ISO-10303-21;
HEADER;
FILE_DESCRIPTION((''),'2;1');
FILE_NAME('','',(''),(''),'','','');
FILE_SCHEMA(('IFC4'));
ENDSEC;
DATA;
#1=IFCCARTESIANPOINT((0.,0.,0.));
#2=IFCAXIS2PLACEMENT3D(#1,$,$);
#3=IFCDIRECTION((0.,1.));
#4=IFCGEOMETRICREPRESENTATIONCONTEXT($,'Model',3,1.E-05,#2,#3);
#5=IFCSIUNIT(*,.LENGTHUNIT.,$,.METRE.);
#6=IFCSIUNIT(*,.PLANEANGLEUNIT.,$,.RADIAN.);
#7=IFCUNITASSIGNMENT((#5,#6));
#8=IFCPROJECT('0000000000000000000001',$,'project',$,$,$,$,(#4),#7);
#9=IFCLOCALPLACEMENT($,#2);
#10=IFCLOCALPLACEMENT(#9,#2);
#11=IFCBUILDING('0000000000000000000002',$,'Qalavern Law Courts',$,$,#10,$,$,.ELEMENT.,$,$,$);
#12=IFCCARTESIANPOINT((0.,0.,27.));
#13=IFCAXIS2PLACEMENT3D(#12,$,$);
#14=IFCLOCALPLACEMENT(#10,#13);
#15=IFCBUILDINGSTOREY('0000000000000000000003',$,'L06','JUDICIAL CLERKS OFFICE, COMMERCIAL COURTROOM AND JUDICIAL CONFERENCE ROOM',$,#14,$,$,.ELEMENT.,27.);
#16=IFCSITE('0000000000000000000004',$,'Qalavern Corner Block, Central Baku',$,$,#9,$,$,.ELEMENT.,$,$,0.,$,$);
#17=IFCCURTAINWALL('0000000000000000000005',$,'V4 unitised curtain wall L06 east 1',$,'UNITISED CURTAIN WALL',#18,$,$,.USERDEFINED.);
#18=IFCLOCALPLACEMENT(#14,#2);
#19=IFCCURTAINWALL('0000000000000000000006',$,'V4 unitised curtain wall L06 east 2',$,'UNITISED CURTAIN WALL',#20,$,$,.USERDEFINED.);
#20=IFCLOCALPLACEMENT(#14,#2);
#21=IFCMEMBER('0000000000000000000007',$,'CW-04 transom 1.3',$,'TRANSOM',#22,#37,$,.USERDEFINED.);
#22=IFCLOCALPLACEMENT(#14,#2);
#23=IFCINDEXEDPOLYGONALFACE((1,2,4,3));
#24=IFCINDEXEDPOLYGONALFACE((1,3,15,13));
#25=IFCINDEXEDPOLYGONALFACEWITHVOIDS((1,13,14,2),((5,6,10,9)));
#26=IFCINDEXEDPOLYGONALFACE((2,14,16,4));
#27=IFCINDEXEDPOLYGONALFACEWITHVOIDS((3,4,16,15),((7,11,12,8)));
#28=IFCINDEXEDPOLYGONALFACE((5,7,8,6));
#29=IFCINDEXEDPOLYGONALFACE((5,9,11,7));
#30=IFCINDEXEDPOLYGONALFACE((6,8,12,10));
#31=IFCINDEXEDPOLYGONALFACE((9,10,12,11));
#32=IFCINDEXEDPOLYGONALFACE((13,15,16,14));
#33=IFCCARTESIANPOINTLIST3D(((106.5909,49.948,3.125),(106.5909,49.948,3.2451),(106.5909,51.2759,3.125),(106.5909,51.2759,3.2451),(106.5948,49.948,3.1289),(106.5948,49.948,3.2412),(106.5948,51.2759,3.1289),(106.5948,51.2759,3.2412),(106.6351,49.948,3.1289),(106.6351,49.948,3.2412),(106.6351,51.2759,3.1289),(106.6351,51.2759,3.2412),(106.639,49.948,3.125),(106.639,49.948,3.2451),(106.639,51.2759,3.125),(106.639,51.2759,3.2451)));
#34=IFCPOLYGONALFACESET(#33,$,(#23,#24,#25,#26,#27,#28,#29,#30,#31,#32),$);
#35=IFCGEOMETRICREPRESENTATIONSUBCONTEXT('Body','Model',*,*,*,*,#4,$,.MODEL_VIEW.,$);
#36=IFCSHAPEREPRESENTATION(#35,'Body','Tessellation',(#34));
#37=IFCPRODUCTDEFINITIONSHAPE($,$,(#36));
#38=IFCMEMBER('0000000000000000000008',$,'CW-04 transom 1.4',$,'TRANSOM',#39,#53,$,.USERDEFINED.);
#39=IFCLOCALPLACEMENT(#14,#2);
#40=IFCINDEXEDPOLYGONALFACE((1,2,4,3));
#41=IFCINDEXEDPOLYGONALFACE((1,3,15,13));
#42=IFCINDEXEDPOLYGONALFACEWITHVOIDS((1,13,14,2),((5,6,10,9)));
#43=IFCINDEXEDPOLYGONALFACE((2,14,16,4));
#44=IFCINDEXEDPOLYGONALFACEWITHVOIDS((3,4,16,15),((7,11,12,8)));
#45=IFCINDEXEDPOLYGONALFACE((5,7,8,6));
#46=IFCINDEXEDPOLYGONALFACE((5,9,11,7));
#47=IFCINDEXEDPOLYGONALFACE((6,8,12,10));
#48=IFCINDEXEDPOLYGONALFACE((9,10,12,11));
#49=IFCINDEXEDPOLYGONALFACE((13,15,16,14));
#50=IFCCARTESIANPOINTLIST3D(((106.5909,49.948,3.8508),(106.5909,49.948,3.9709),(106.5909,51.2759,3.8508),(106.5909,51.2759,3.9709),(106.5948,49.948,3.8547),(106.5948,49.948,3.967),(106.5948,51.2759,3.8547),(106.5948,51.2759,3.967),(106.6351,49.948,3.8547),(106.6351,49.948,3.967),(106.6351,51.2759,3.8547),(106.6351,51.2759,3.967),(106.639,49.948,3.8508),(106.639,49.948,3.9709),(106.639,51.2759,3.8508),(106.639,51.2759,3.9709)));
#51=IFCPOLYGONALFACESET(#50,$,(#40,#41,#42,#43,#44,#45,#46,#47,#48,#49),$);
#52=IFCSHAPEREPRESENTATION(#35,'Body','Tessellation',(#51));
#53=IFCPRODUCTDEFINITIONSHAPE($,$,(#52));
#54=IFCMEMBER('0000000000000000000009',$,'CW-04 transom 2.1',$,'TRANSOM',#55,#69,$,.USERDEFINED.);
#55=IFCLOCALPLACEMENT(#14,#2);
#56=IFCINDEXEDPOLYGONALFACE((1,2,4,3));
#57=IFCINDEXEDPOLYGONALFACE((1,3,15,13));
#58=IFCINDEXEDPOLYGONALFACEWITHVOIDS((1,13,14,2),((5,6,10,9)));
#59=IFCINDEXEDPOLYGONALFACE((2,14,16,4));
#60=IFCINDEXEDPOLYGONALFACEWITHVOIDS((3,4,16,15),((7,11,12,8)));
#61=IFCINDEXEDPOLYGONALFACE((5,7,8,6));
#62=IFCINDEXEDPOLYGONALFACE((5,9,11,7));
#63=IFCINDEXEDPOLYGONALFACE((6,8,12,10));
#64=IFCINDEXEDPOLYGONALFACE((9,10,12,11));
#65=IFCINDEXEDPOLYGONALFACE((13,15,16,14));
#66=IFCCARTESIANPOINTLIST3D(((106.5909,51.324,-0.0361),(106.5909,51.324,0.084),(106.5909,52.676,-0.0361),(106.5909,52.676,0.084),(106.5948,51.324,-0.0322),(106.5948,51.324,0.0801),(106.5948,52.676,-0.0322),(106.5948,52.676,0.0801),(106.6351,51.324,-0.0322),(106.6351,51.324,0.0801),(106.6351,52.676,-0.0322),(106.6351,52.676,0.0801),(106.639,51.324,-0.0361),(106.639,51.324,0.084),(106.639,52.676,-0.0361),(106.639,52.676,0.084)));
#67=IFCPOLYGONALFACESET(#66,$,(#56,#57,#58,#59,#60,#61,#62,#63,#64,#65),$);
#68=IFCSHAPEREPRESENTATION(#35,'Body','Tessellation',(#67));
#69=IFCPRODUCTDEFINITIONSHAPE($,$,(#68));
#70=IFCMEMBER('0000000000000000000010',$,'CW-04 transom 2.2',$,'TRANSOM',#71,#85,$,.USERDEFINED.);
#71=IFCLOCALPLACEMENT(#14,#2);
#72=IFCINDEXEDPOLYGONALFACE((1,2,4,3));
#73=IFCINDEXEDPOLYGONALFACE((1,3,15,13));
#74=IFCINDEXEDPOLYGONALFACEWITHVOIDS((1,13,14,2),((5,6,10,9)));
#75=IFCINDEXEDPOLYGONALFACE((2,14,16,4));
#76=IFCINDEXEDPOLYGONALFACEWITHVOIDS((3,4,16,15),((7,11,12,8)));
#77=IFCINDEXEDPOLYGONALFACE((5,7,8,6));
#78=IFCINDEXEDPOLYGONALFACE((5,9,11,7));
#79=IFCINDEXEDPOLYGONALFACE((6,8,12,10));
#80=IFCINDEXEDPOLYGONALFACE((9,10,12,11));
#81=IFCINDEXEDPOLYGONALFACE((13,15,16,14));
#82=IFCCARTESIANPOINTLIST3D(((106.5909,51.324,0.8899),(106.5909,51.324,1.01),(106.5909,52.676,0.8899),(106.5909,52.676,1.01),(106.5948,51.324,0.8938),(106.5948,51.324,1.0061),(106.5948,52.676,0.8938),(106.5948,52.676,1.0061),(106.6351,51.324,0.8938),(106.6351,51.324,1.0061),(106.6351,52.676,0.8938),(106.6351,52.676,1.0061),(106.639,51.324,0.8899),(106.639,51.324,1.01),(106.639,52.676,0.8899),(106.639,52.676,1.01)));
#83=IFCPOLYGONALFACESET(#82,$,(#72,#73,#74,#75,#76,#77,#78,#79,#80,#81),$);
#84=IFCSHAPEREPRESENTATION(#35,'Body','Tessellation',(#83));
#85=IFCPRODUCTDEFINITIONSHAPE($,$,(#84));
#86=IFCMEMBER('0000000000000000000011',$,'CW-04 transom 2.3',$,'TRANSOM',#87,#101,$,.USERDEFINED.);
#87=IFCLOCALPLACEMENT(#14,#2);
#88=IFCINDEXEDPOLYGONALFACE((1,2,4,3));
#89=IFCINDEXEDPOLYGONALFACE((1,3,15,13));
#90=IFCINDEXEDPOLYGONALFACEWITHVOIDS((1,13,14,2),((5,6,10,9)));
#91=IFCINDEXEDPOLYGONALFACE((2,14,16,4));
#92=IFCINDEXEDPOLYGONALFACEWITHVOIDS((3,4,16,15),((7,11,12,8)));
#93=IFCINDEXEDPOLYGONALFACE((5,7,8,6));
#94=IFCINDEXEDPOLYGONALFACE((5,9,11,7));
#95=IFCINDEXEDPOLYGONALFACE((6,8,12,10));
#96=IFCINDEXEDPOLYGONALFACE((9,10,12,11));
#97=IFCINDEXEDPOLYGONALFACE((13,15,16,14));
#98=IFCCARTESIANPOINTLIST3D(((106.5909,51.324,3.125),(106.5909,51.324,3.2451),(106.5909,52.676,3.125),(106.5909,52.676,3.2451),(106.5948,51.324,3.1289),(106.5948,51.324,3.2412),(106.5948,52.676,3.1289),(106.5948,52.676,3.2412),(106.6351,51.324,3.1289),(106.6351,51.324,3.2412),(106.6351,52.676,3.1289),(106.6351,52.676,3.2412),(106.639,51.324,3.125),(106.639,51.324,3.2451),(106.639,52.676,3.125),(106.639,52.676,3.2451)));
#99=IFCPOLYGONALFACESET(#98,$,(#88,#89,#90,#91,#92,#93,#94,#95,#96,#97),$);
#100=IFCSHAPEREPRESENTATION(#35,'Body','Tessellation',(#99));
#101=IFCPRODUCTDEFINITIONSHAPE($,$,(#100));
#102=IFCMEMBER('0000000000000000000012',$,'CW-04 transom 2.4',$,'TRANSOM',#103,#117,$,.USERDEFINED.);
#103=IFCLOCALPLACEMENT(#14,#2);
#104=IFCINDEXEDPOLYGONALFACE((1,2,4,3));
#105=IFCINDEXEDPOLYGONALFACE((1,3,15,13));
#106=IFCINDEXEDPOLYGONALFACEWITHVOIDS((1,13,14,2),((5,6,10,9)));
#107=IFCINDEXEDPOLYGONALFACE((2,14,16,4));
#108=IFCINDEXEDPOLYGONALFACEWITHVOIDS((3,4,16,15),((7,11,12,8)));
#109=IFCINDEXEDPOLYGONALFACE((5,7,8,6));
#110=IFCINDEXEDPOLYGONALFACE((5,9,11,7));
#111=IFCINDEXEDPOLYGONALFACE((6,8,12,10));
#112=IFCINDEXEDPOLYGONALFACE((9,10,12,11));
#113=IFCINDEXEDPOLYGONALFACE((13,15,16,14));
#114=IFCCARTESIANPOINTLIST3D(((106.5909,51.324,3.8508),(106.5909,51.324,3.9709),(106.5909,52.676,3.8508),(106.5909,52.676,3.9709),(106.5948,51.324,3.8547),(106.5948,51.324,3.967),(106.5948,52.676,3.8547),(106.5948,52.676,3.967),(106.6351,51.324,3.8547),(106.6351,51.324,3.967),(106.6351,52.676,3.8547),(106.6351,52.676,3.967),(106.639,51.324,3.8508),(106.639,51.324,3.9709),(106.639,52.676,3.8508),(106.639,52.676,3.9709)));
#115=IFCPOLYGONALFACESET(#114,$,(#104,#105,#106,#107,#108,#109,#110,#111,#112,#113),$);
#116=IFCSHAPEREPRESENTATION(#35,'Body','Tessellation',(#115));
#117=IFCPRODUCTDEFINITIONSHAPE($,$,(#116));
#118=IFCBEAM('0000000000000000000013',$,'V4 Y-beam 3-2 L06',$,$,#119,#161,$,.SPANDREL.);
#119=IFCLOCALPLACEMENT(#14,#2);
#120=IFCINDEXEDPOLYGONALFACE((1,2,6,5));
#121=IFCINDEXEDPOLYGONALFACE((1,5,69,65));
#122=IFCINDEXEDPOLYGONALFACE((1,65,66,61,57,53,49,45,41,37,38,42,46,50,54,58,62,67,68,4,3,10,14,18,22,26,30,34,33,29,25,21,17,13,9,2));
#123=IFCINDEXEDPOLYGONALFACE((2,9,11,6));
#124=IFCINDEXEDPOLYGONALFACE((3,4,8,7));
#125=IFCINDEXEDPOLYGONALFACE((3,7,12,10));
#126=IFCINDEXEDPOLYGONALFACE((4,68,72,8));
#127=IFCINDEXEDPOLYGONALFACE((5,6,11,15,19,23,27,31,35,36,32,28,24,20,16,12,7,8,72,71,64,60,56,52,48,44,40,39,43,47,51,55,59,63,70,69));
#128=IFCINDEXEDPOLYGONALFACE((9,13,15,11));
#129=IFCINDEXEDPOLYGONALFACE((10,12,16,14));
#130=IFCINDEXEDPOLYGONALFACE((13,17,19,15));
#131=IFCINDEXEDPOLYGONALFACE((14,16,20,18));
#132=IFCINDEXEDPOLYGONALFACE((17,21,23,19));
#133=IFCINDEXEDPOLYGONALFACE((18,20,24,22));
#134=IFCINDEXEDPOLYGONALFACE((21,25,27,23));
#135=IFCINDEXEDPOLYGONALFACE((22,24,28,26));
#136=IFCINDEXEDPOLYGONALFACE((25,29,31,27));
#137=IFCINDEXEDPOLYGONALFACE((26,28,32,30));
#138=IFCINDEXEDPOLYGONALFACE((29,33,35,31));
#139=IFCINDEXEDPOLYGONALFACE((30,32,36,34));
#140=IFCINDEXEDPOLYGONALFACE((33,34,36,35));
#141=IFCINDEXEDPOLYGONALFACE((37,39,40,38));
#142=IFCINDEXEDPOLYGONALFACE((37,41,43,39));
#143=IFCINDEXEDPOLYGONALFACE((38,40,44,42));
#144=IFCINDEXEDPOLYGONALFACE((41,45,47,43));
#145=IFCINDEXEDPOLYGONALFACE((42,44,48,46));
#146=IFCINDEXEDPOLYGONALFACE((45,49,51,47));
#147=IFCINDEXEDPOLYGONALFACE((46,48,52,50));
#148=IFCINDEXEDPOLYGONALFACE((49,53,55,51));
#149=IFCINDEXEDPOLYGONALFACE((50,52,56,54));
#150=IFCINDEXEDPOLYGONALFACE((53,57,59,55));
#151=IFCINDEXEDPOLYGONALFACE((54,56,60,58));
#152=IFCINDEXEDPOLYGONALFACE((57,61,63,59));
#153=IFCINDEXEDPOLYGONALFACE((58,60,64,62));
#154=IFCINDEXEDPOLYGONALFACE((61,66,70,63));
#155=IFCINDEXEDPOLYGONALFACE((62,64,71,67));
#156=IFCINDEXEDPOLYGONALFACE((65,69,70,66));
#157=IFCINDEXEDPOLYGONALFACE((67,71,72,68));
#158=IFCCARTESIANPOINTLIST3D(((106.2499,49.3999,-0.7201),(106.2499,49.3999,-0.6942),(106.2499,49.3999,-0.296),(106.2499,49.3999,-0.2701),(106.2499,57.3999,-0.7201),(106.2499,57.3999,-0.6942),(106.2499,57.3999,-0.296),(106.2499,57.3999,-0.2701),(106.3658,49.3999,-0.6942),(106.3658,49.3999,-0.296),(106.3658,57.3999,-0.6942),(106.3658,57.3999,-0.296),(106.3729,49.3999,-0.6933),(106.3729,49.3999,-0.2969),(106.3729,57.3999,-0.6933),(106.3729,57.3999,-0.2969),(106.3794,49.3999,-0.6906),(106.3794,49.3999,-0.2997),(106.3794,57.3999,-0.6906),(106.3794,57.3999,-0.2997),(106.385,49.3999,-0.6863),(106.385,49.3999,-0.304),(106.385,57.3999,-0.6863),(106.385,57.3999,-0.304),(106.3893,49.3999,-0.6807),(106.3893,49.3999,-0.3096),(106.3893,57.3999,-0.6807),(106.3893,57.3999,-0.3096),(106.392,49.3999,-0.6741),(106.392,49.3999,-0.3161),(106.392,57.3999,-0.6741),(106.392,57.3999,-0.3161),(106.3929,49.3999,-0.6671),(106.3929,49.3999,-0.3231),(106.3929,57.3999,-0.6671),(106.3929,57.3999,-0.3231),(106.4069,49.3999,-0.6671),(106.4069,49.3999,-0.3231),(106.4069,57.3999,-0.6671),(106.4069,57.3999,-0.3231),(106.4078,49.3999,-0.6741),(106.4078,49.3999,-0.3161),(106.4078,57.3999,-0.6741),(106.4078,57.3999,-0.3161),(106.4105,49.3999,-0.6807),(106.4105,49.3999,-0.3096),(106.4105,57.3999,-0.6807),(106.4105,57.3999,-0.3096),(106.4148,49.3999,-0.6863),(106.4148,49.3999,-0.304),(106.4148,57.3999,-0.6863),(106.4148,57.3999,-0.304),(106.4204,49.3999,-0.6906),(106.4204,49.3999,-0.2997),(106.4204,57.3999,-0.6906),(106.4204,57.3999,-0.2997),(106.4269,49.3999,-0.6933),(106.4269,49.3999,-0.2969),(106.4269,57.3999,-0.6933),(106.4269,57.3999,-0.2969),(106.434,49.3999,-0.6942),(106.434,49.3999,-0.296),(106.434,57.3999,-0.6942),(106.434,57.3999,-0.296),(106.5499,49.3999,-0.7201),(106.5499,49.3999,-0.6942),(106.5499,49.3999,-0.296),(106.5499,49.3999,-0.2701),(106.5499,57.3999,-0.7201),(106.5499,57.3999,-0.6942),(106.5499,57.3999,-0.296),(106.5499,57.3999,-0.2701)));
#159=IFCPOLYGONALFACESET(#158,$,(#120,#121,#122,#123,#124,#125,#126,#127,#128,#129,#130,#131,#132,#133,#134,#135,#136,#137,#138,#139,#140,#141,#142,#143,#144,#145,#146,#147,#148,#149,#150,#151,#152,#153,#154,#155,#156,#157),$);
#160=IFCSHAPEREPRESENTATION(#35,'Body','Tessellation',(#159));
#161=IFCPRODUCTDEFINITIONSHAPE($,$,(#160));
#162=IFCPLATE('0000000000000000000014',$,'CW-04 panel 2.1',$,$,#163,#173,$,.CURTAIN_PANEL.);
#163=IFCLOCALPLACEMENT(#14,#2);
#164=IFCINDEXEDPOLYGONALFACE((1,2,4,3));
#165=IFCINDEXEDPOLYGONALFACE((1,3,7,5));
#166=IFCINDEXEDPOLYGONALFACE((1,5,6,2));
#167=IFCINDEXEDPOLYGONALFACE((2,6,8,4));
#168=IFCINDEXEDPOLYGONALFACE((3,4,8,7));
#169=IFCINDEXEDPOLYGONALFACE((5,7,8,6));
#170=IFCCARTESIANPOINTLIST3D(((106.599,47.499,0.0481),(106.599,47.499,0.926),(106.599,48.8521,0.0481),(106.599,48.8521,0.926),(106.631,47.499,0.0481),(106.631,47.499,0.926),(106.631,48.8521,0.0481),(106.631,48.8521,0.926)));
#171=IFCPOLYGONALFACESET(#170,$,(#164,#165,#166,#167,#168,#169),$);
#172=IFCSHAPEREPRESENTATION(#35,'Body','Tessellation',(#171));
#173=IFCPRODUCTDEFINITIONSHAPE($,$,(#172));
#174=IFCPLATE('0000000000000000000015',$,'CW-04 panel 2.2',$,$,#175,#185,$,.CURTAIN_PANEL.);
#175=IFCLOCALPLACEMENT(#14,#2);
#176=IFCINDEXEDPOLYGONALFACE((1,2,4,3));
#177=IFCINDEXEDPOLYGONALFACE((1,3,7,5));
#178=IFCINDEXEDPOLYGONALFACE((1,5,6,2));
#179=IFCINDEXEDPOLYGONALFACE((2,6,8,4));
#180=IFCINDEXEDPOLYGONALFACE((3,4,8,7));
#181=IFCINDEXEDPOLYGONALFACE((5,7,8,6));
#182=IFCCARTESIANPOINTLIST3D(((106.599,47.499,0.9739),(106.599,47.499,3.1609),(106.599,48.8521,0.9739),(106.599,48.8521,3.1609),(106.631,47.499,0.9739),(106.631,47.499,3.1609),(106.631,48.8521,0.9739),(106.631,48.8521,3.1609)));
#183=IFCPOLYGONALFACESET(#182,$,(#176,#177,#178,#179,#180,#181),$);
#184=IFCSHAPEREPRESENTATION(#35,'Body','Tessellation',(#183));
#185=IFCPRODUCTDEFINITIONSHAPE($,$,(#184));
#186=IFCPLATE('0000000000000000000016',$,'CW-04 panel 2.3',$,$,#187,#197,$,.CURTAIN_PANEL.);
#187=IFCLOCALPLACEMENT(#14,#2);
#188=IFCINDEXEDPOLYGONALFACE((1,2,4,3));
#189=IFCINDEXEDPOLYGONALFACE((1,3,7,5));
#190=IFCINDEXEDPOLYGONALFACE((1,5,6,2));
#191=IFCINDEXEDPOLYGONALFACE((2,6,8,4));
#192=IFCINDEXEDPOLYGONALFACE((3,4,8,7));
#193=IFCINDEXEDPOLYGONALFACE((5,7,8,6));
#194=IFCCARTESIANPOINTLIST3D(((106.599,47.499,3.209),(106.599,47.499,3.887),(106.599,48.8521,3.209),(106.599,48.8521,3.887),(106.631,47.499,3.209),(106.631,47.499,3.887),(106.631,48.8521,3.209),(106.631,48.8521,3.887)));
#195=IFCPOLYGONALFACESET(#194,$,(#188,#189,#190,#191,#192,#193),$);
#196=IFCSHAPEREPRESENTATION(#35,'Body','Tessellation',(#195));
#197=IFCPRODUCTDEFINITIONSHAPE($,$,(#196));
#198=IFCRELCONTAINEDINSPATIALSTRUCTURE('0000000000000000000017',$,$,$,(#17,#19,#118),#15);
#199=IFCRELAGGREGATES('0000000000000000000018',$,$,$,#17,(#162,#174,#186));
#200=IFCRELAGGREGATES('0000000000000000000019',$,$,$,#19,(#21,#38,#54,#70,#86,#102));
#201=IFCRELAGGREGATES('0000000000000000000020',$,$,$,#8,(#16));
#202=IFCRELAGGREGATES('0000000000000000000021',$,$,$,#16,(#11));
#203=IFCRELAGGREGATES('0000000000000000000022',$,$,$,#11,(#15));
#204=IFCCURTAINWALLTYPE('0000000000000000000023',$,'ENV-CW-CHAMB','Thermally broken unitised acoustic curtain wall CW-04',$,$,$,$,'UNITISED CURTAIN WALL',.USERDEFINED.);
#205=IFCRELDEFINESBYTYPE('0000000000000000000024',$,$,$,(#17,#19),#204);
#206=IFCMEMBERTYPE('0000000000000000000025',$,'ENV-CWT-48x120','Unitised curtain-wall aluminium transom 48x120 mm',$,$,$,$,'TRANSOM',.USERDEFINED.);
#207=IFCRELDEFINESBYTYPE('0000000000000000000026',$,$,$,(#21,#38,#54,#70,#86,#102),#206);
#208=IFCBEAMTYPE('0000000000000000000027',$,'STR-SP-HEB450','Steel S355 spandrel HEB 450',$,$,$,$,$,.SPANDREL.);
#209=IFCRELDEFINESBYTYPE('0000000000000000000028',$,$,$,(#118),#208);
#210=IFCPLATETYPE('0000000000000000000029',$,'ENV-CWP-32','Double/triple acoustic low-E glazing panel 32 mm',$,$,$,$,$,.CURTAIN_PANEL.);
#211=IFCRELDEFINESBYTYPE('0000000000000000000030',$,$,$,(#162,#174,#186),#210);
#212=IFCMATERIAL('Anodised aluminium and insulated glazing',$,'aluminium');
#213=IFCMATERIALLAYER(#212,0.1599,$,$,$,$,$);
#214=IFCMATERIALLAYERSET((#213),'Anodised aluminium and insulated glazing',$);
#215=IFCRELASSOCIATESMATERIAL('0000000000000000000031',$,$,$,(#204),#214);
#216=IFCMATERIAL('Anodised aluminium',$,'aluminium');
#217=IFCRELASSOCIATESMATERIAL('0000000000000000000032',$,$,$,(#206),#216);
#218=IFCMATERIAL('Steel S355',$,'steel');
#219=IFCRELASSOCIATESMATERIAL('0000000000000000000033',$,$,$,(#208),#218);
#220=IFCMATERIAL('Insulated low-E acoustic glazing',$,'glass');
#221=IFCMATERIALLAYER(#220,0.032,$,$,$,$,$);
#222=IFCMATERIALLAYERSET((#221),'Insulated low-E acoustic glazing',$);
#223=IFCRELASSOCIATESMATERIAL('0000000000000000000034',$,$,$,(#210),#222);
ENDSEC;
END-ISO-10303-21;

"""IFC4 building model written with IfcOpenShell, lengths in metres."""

from ifc_helpers import new_model, si_unit, direction, frame, origin, origin_2d, place, context, subcontext, project, spatial, rectangle, hollow_rectangle, i_section, extrude, material, layer, layer_set, material_profile, profile_set, type_object, element, aggregate, save


model = new_model("IFC4")

# Units and contexts
model_context = context("Model", 3, precision=1e-05, world=origin(), true_north=direction((0.0, 1.0)))
body_context = subcontext(model_context, "Body", "Model", "MODEL_VIEW")
ifc_project = project(units=[si_unit("LENGTHUNIT", "METRE"), si_unit("PLANEANGLEUNIT", "RADIAN")], contexts=[model_context])

# Site, building, storey
site_placement = place(None, origin())
site = spatial("IfcSite", under=ifc_project, at=site_placement, Name="Qalavern Corner Block, Central Baku", CompositionType="ELEMENT", RefElevation=0.0)
building_placement = place(site_placement, origin())
building = spatial("IfcBuilding", under=site, at=building_placement, Name="Qalavern Law Courts", CompositionType="ELEMENT")
storey_placement = place(building_placement, frame((0.0, 0.0, 27.0)))
storey = spatial("IfcBuildingStorey", under=building, at=storey_placement, Name="L06", Description="JUDICIAL CLERKS OFFICE, COMMERCIAL COURTROOM AND JUDICIAL CONFERENCE ROOM", CompositionType="ELEMENT", Elevation=27.0)

# Curtain walls
ifc_material_1 = material(Name="Anodised aluminium and insulated glazing", Category="aluminium")
ifc_layer_1 = layer(ifc_material_1, 0.1599)
ifc_layer_set_1 = layer_set([ifc_layer_1], Name="Anodised aluminium and insulated glazing")
curtain_wall_type = type_object("IfcCurtainWallType", Name="ENV-CW-CHAMB", Description="Thermally broken unitised acoustic curtain wall CW-04", ElementType="UNITISED CURTAIN WALL", PredefinedType="USERDEFINED", material=ifc_layer_set_1)
curtain_wall_1_placement = place(storey_placement, origin())
curtain_wall_1 = element("IfcCurtainWall", 1, at=curtain_wall_1_placement, inside=storey, type_object=curtain_wall_type, Name="V4 unitised curtain wall L06 east 1", ObjectType="UNITISED CURTAIN WALL", PredefinedType="USERDEFINED")
ifc_material_2 = material(Name="Anodised aluminium", Category="aluminium")
curtain_wall_2_placement = place(storey_placement, origin())
curtain_wall_2 = element("IfcCurtainWall", 2, at=curtain_wall_2_placement, inside=storey, type_object=curtain_wall_type, Name="V4 unitised curtain wall L06 east 2", ObjectType="UNITISED CURTAIN WALL", PredefinedType="USERDEFINED")

# Members
ifc_material_profile_1 = material_profile(ifc_material_2, hollow_rectangle(XDim=0.0481, YDim=0.1201, WallThickness=0.0039, at=origin_2d()), Name="ALU TRANSOM 48x120")
ifc_profile_set_1 = profile_set([ifc_material_profile_1], Name="Anodised aluminium")
member_type_1 = type_object("IfcMemberType", Name="ENV-CWT-48x120", Description="Unitised curtain-wall aluminium transom 48x120 mm", ElementType="TRANSOM", PredefinedType="USERDEFINED", material=ifc_profile_set_1)
member_1_placement = place(storey_placement, frame((106.615, 49.948, 3.1851), z_axis=(0.0, 1.0, 0.0), x_axis=(-1.0, 0.0, 0.0)))
member_1 = element("IfcMember", 3, at=member_1_placement, type_object=member_type_1, Name="CW-04 transom 1.3", ObjectType="TRANSOM", PredefinedType="USERDEFINED", context=body_context, shape_type="SweptSolid", body=[
    extrude(hollow_rectangle(XDim=0.0481, YDim=0.1201, WallThickness=0.0039, at=origin_2d()), origin(), (0.0, 0.0, 1.0), 1.3279),
])
member_2_placement = place(storey_placement, frame((106.615, 49.948, 3.9109), z_axis=(0.0, 1.0, 0.0), x_axis=(-1.0, 0.0, 0.0)))
member_2 = element("IfcMember", 4, at=member_2_placement, type_object=member_type_1, Name="CW-04 transom 1.4", ObjectType="TRANSOM", PredefinedType="USERDEFINED", context=body_context, shape_type="SweptSolid", body=[
    extrude(hollow_rectangle(XDim=0.0481, YDim=0.1201, WallThickness=0.0039, at=origin_2d()), origin(), (0.0, 0.0, 1.0), 1.3279),
])
member_3_placement = place(storey_placement, frame((106.615, 51.324, 0.0239), z_axis=(0.0, 1.0, 0.0), x_axis=(-1.0, 0.0, 0.0)))
member_3 = element("IfcMember", 5, at=member_3_placement, type_object=member_type_1, Name="CW-04 transom 2.1", ObjectType="TRANSOM", PredefinedType="USERDEFINED", context=body_context, shape_type="SweptSolid", body=[
    extrude(hollow_rectangle(XDim=0.0481, YDim=0.1201, WallThickness=0.0039, at=origin_2d()), origin(), (0.0, 0.0, 1.0), 1.3521),
])
member_4_placement = place(storey_placement, frame((106.615, 51.324, 0.95), z_axis=(0.0, 1.0, 0.0), x_axis=(-1.0, 0.0, 0.0)))
member_4 = element("IfcMember", 6, at=member_4_placement, type_object=member_type_1, Name="CW-04 transom 2.2", ObjectType="TRANSOM", PredefinedType="USERDEFINED", context=body_context, shape_type="SweptSolid", body=[
    extrude(hollow_rectangle(XDim=0.0481, YDim=0.1201, WallThickness=0.0039, at=origin_2d()), origin(), (0.0, 0.0, 1.0), 1.3521),
])
member_5_placement = place(storey_placement, frame((106.615, 51.324, 3.1851), z_axis=(0.0, 1.0, 0.0), x_axis=(-1.0, 0.0, 0.0)))
member_5 = element("IfcMember", 7, at=member_5_placement, type_object=member_type_1, Name="CW-04 transom 2.3", ObjectType="TRANSOM", PredefinedType="USERDEFINED", context=body_context, shape_type="SweptSolid", body=[
    extrude(hollow_rectangle(XDim=0.0481, YDim=0.1201, WallThickness=0.0039, at=origin_2d()), origin(), (0.0, 0.0, 1.0), 1.3521),
])
member_6_placement = place(storey_placement, frame((106.615, 51.324, 3.9109), z_axis=(0.0, 1.0, 0.0), x_axis=(-1.0, 0.0, 0.0)))
member_6 = element("IfcMember", 8, at=member_6_placement, type_object=member_type_1, Name="CW-04 transom 2.4", ObjectType="TRANSOM", PredefinedType="USERDEFINED", context=body_context, shape_type="SweptSolid", body=[
    extrude(hollow_rectangle(XDim=0.0481, YDim=0.1201, WallThickness=0.0039, at=origin_2d()), origin(), (0.0, 0.0, 1.0), 1.3521),
])

# Beam
ifc_material_3 = material(Name="Steel S355", Category="steel")
ifc_material_profile_2 = material_profile(ifc_material_3, i_section(OverallWidth=0.3, OverallDepth=0.45, WebThickness=0.0139, FlangeThickness=0.0259, FilletRadius=0.0271, at=origin_2d()), Name="HEB 450")
ifc_profile_set_2 = profile_set([ifc_material_profile_2], Name="Steel S355")
beam_type = type_object("IfcBeamType", Name="STR-SP-HEB450", Description="Steel S355 spandrel HEB 450", PredefinedType="SPANDREL", material=ifc_profile_set_2)
beam_placement = place(storey_placement, frame((106.3999, 49.3999, -0.4951), z_axis=(0.0, 1.0, 0.0), x_axis=(-1.0, 0.0, 0.0)))
element("IfcBeam", 9, at=beam_placement, inside=storey, type_object=beam_type, Name="V4 Y-beam 3-2 L06", PredefinedType="SPANDREL", context=body_context, shape_type="SweptSolid", body=[
    extrude(i_section(OverallWidth=0.3, OverallDepth=0.45, WebThickness=0.0139, FlangeThickness=0.0259, FilletRadius=0.0271, at=origin_2d()), origin(), (0.0, 0.0, 1.0), 8.0),
])

# Plates
ifc_material_4 = material(Name="Insulated low-E acoustic glazing", Category="glass")
ifc_layer_2 = layer(ifc_material_4, 0.032)
ifc_layer_set_2 = layer_set([ifc_layer_2], Name="Insulated low-E acoustic glazing")
plate_type_1 = type_object("IfcPlateType", Name="ENV-CWP-32", Description="Double/triple acoustic low-E glazing panel 32 mm", PredefinedType="CURTAIN_PANEL", material=ifc_layer_set_2)
plate_1_placement = place(storey_placement, frame((106.615, 48.1755, 0.0481), z_axis=(0.0, 0.0, 1.0), x_axis=(0.0, 1.0, 0.0)))
plate_1 = element("IfcPlate", 10, at=plate_1_placement, type_object=plate_type_1, Name="CW-04 panel 2.1", PredefinedType="CURTAIN_PANEL", context=body_context, shape_type="SweptSolid", body=[
    extrude(rectangle(XDim=1.353, YDim=0.032, at=origin_2d()), origin(), (0.0, 0.0, 1.0), 0.8779),
])
plate_2_placement = place(storey_placement, frame((106.615, 48.1755, 0.9739), z_axis=(0.0, 0.0, 1.0), x_axis=(0.0, 1.0, 0.0)))
plate_2 = element("IfcPlate", 11, at=plate_2_placement, type_object=plate_type_1, Name="CW-04 panel 2.2", PredefinedType="CURTAIN_PANEL", context=body_context, shape_type="SweptSolid", body=[
    extrude(rectangle(XDim=1.353, YDim=0.032, at=origin_2d()), origin(), (0.0, 0.0, 1.0), 2.187),
])
plate_3_placement = place(storey_placement, frame((106.615, 48.1755, 3.209), z_axis=(0.0, 0.0, 1.0), x_axis=(0.0, 1.0, 0.0)))
plate_3 = element("IfcPlate", 12, at=plate_3_placement, type_object=plate_type_1, Name="CW-04 panel 2.3", PredefinedType="CURTAIN_PANEL", context=body_context, shape_type="SweptSolid", body=[
    extrude(rectangle(XDim=1.353, YDim=0.032, at=origin_2d()), origin(), (0.0, 0.0, 1.0), 0.678),
])
aggregate(curtain_wall_1, [plate_1, plate_2, plate_3])
aggregate(curtain_wall_2, [member_1, member_2, member_3, member_4, member_5, member_6])

save(model, "model.ifc")
